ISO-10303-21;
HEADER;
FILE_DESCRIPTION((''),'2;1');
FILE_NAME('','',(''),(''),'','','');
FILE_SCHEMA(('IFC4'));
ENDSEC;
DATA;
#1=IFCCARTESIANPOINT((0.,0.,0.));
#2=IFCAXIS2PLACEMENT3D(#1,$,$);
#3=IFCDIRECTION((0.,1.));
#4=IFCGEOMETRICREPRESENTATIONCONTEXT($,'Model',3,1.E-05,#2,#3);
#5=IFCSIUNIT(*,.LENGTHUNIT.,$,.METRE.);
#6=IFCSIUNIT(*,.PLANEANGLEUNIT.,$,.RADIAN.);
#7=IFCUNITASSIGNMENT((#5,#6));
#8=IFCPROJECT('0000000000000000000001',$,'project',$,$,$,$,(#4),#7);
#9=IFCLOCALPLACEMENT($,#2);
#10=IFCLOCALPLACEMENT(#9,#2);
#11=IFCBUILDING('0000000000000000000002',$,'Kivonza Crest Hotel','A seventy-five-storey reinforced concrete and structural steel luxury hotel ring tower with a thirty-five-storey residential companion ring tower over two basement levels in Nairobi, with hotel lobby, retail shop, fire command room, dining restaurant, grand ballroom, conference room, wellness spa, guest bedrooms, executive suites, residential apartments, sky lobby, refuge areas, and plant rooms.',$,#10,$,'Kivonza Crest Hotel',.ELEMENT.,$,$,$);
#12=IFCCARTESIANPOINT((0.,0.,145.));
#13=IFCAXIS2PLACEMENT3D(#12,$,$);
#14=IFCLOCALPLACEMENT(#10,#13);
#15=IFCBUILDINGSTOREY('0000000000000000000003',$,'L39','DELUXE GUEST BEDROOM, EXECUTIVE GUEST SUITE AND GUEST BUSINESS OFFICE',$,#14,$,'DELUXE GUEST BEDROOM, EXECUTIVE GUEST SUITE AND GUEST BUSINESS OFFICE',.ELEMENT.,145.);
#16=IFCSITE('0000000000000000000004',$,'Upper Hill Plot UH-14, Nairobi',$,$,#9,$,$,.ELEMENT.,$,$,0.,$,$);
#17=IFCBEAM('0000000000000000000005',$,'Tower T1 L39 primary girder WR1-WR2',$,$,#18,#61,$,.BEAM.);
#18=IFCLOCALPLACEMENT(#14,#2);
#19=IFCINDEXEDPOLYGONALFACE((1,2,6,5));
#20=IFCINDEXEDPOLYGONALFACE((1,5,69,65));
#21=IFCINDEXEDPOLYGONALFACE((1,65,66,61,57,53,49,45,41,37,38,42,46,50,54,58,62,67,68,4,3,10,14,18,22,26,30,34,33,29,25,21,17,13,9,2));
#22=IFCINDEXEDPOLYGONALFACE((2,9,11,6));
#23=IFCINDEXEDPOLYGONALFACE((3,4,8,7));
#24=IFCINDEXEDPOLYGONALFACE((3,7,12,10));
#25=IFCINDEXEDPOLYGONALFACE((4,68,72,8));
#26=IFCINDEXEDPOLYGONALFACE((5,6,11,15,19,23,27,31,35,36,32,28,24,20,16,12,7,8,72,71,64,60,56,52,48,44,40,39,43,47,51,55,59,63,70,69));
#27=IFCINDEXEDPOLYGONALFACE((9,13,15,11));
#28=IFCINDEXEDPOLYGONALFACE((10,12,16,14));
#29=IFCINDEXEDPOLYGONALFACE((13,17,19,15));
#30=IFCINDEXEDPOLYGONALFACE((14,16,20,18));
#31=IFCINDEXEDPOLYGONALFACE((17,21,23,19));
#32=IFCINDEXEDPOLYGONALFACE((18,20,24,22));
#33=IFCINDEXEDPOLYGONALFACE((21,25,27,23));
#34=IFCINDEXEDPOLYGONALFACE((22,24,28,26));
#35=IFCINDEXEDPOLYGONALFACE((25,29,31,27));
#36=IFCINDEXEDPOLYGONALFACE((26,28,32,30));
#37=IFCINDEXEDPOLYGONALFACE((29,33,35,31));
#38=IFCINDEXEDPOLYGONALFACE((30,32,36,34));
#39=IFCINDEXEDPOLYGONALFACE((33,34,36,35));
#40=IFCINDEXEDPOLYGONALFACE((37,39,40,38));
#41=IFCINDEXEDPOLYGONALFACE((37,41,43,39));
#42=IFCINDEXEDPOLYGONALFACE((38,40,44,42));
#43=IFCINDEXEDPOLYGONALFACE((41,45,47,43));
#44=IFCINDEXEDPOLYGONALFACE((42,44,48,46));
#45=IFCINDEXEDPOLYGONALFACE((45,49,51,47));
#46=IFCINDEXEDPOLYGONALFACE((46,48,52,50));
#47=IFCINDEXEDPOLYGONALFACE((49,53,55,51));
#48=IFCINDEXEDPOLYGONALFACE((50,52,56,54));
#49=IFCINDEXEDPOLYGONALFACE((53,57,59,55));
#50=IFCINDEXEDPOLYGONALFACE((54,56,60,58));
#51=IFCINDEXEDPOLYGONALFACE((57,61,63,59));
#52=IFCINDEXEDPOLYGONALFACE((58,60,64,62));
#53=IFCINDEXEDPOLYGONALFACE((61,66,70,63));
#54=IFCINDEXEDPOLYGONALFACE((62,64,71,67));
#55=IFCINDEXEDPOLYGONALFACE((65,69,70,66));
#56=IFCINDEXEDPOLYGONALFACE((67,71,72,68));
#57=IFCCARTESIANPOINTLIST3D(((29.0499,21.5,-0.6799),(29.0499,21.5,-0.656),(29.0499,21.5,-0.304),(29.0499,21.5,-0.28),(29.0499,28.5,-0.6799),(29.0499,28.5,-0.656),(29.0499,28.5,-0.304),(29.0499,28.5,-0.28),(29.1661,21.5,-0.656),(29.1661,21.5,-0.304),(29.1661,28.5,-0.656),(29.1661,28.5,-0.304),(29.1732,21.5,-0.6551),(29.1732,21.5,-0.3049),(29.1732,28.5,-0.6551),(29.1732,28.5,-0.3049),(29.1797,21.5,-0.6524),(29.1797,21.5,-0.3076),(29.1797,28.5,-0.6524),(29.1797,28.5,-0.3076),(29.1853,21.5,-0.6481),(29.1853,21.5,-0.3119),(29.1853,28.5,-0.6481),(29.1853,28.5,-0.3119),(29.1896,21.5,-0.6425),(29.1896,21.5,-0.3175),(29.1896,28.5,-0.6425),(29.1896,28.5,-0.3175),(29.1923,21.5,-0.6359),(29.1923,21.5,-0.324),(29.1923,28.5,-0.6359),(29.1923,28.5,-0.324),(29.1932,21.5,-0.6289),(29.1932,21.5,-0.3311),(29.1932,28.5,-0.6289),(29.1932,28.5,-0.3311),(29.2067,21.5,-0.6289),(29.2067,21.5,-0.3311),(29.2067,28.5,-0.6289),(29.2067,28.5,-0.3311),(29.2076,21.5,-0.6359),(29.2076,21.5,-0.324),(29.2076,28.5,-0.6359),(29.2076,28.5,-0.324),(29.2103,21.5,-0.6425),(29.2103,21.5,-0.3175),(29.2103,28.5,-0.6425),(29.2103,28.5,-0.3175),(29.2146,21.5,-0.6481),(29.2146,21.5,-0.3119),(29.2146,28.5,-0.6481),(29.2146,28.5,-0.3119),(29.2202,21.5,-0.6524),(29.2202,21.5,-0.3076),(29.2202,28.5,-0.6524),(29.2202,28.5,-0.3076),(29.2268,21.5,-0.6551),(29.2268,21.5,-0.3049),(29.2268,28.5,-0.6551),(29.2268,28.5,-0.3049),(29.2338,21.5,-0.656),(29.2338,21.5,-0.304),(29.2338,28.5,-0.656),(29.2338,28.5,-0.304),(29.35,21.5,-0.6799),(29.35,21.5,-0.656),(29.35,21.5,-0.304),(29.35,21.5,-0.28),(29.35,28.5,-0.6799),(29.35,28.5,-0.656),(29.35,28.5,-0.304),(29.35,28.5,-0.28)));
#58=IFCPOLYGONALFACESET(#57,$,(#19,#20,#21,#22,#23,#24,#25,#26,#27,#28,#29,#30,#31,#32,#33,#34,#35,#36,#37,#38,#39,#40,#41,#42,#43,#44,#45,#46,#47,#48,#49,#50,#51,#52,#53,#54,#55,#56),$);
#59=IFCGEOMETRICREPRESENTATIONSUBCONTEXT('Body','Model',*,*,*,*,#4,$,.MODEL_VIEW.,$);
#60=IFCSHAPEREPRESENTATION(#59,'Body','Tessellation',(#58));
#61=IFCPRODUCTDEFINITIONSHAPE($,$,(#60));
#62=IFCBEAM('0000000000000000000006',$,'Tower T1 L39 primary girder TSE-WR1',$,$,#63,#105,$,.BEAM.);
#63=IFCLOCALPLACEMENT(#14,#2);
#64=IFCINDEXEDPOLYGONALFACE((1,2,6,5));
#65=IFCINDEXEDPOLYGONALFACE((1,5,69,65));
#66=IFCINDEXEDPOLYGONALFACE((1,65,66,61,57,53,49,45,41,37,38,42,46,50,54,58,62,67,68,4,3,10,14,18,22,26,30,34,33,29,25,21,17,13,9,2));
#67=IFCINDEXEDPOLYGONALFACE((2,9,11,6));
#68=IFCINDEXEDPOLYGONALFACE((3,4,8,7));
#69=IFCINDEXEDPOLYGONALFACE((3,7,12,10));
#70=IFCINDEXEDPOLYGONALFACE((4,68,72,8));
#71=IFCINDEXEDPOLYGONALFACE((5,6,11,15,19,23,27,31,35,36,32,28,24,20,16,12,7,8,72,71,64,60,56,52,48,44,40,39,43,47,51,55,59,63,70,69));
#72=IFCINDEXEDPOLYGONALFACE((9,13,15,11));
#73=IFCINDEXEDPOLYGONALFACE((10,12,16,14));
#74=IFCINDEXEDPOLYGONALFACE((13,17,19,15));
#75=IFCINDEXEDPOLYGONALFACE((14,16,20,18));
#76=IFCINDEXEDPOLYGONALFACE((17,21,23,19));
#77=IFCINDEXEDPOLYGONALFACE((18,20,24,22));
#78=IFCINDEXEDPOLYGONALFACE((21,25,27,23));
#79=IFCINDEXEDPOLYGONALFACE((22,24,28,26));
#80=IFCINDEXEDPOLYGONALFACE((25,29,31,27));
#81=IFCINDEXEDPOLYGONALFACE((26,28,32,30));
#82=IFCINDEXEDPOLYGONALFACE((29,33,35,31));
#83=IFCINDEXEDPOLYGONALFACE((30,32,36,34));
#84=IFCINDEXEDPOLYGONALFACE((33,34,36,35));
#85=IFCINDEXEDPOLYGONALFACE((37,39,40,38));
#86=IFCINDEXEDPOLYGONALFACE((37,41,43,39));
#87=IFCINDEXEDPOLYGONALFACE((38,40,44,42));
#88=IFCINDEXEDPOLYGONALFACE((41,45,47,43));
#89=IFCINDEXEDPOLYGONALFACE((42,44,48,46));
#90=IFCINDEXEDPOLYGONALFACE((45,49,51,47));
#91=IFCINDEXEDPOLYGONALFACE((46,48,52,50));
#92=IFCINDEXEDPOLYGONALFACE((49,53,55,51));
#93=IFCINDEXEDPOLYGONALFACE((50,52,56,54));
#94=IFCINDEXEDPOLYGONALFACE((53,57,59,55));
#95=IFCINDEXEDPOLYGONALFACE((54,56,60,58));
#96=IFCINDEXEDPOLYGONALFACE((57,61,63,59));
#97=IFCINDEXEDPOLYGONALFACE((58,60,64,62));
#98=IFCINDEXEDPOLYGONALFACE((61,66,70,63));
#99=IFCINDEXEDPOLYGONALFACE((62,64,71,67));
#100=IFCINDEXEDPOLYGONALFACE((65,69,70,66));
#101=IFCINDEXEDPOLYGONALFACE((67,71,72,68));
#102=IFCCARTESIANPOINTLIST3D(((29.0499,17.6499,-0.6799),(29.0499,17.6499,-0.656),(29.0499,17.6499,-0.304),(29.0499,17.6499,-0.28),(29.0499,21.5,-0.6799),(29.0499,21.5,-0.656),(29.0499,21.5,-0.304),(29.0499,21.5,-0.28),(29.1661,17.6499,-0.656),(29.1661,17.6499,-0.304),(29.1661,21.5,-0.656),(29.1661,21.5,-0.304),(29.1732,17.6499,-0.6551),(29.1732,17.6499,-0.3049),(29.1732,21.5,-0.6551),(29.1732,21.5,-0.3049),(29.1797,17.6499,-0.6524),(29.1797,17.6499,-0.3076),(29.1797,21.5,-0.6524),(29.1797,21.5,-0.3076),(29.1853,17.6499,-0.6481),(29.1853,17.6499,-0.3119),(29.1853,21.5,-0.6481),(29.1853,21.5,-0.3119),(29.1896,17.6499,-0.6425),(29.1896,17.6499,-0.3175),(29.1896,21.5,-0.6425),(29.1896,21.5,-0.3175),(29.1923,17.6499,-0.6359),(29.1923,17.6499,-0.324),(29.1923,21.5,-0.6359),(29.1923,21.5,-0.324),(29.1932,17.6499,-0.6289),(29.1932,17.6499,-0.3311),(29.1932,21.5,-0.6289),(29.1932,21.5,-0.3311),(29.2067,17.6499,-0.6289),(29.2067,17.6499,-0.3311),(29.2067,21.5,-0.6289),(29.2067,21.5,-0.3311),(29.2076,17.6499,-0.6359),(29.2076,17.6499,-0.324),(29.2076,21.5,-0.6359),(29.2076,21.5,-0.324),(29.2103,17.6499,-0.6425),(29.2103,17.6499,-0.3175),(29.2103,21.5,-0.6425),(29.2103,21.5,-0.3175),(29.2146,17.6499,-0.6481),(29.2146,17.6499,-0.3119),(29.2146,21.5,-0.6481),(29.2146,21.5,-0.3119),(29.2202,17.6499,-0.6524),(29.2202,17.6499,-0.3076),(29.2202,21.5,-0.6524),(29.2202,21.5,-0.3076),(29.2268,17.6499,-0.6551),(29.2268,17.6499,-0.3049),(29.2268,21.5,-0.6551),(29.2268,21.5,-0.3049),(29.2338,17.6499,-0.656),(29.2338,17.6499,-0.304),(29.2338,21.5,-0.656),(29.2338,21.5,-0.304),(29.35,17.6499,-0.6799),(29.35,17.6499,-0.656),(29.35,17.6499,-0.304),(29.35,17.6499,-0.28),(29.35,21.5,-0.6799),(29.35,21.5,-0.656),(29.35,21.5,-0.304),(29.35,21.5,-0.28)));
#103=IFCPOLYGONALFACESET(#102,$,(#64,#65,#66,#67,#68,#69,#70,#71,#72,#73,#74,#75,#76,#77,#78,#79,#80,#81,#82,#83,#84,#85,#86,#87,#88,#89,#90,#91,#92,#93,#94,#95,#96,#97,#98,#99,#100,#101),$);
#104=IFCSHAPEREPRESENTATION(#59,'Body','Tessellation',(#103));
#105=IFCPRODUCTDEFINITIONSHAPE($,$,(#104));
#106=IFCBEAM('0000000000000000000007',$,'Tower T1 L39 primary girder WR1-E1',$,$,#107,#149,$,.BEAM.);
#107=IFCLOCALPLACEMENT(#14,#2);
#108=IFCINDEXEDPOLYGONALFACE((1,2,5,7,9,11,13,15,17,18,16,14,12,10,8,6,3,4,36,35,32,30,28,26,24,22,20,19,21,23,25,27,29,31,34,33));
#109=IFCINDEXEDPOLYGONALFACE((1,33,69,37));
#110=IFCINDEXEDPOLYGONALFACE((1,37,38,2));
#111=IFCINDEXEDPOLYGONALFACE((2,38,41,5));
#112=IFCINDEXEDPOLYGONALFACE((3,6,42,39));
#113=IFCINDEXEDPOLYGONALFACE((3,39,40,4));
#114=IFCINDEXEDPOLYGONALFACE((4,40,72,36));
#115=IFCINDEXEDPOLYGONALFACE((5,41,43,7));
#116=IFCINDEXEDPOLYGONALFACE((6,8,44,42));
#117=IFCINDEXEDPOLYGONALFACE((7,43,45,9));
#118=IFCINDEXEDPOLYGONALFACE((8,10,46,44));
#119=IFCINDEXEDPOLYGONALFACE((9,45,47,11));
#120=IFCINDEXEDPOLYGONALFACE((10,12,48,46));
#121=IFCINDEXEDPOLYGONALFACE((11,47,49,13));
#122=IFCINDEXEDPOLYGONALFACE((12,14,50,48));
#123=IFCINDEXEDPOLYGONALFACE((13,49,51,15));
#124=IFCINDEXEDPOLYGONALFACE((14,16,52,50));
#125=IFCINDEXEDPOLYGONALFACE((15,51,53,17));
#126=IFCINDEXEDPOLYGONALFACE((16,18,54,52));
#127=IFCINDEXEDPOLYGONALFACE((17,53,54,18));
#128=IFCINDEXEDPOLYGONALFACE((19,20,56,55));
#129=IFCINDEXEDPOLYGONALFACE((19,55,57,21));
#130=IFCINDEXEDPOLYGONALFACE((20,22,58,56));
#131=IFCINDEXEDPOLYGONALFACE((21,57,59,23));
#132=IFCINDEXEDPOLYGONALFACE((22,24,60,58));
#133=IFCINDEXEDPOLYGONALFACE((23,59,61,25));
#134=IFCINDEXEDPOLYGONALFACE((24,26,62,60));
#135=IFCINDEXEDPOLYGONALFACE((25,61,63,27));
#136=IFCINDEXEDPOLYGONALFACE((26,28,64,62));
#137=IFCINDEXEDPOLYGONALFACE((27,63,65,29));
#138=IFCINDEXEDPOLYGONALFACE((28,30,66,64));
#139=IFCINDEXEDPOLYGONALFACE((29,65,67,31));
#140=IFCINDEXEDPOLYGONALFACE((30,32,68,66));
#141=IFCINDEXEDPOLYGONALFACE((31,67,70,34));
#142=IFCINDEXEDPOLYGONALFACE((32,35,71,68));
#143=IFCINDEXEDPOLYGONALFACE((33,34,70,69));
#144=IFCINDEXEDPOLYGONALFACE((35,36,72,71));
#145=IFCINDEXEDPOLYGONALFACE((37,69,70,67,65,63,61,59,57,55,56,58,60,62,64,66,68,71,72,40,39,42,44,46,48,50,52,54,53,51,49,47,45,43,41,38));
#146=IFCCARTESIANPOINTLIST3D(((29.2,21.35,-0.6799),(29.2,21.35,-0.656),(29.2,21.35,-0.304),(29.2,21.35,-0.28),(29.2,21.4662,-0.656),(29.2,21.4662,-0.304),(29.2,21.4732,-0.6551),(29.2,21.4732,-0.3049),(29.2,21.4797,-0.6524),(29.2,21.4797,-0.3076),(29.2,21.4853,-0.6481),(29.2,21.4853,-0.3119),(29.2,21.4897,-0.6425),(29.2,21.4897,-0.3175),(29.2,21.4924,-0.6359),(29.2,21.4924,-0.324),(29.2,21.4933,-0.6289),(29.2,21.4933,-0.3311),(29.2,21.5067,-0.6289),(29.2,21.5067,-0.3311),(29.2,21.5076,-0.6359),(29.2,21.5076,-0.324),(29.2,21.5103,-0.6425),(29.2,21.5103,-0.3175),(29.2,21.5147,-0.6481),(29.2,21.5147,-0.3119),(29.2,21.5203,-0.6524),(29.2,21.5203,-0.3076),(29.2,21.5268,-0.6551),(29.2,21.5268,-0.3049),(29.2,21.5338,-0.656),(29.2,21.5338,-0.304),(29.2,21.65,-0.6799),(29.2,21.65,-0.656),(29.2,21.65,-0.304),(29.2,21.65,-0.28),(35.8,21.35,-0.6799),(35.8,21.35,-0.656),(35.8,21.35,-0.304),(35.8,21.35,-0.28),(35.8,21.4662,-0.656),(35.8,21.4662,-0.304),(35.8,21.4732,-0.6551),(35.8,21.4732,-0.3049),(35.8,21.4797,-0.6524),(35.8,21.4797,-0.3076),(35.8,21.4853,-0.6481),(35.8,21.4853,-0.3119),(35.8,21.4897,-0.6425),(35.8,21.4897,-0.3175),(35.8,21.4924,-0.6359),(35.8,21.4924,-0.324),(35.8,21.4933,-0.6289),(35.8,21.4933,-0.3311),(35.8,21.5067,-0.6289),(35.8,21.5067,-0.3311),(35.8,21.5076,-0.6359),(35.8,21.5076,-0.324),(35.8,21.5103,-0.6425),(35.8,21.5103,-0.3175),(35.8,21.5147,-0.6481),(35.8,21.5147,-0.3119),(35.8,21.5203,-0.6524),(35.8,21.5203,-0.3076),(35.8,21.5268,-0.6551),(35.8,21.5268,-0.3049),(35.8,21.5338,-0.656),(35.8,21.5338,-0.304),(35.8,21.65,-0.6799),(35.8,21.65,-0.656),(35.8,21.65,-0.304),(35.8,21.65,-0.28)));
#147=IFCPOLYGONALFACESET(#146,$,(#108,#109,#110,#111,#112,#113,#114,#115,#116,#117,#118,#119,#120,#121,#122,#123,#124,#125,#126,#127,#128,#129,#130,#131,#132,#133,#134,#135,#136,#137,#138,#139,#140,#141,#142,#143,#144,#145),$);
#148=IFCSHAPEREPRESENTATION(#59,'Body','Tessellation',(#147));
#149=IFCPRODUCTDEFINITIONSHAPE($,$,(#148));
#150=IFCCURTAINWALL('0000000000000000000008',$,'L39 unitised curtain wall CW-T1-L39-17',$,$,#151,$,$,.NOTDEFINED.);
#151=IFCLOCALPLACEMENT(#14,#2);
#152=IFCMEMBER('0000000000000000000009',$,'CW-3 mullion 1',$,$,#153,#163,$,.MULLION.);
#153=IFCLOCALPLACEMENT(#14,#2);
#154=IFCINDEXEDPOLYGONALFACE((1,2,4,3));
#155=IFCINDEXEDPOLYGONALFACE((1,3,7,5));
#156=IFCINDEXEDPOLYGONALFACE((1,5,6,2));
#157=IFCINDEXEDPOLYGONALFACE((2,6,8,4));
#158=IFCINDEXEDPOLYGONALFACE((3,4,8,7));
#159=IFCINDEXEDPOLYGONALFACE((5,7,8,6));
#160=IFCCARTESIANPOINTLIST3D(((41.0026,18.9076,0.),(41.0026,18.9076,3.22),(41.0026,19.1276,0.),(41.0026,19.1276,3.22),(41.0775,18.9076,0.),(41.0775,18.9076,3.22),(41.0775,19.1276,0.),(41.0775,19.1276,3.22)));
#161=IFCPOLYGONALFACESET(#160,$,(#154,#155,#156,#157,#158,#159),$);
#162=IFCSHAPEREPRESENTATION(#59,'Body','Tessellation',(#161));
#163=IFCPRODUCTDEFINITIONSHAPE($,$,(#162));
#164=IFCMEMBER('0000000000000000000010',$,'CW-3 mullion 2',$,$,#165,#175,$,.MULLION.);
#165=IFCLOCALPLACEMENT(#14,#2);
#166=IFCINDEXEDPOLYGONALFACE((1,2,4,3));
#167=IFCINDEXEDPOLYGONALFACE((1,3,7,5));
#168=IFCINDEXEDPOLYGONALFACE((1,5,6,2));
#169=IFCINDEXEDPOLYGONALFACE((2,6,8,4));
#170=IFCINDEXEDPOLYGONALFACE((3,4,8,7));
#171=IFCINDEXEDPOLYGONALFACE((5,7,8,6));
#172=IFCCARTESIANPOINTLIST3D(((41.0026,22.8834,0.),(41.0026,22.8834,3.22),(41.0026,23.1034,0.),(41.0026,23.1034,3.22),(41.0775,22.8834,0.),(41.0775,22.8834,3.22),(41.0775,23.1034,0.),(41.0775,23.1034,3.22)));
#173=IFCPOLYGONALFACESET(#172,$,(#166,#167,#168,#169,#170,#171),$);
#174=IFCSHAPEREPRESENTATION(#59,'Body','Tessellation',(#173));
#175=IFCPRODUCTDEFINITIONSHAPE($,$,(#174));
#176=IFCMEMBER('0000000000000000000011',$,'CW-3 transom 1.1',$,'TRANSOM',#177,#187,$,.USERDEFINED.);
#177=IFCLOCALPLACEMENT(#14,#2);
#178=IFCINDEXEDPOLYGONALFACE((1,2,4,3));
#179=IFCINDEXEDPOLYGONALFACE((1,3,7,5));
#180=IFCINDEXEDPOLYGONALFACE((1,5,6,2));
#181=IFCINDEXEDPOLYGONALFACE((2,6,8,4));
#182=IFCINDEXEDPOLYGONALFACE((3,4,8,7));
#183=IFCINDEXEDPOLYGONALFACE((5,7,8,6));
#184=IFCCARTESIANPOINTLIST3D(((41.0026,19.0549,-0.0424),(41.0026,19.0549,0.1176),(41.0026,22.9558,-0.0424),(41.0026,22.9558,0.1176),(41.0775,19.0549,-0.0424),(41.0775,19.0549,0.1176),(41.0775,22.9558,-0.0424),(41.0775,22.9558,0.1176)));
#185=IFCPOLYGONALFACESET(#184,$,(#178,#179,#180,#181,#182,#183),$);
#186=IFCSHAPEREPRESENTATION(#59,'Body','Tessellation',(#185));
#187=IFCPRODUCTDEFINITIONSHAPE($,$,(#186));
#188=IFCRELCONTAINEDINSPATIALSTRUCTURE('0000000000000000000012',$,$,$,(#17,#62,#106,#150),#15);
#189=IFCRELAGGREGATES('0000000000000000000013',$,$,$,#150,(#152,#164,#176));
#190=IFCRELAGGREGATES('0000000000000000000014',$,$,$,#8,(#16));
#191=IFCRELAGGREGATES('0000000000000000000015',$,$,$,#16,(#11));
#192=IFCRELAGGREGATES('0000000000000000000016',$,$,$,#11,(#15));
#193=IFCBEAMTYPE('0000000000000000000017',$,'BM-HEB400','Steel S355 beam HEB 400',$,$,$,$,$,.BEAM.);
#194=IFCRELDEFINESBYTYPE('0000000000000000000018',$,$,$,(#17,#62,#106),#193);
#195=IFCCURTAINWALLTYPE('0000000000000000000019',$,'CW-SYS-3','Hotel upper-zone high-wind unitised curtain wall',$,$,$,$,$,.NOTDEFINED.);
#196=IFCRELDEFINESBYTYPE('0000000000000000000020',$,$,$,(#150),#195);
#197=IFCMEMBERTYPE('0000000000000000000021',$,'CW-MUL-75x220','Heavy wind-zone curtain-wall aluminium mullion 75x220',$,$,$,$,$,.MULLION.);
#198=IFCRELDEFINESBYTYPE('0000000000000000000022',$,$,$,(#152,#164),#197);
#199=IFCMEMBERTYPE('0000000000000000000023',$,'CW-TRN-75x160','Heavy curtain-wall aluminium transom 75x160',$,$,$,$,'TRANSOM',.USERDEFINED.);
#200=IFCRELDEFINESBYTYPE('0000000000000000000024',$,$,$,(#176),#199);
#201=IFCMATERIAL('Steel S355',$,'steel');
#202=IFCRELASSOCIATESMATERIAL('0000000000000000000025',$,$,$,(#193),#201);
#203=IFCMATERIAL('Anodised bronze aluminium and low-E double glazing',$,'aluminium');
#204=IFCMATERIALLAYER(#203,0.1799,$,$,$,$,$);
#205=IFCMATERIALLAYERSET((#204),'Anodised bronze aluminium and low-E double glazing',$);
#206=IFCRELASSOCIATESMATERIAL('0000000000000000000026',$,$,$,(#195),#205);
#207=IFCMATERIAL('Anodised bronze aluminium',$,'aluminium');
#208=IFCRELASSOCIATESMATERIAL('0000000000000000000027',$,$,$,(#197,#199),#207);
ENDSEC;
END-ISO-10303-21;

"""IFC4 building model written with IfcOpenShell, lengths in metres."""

from ifc_helpers import new_model, si_unit, direction, frame, origin, origin_2d, place, context, subcontext, project, spatial, rectangle, i_section, extrude, material, layer, layer_set, material_profile, profile_set, type_object, element, aggregate, save


model = new_model("IFC4")

# Units and contexts
model_context = context("Model", 3, precision=1e-05, world=origin(), true_north=direction((0.0, 1.0)))
body_context = subcontext(model_context, "Body", "Model", "MODEL_VIEW")
ifc_project = project(units=[si_unit("LENGTHUNIT", "METRE"), si_unit("PLANEANGLEUNIT", "RADIAN")], contexts=[model_context])

# Site, building, storey
site_placement = place(None, origin())
site = spatial("IfcSite", under=ifc_project, at=site_placement, Name="Upper Hill Plot UH-14, Nairobi", CompositionType="ELEMENT", RefElevation=0.0)
building_placement = place(site_placement, origin())
building = spatial("IfcBuilding", under=site, at=building_placement, Name="Kivonza Crest Hotel", Description="A seventy-five-storey reinforced concrete and structural steel luxury hotel ring tower with a thirty-five-storey residential companion ring tower over two basement levels in Nairobi, with hotel lobby, retail shop, fire command room, dining restaurant, grand ballroom, conference room, wellness spa, guest bedrooms, executive suites, residential apartments, sky lobby, refuge areas, and plant rooms.", LongName="Kivonza Crest Hotel", CompositionType="ELEMENT")
storey_placement = place(building_placement, frame((0.0, 0.0, 145.0)))
storey = spatial("IfcBuildingStorey", under=building, at=storey_placement, Name="L39", Description="DELUXE GUEST BEDROOM, EXECUTIVE GUEST SUITE AND GUEST BUSINESS OFFICE", LongName="DELUXE GUEST BEDROOM, EXECUTIVE GUEST SUITE AND GUEST BUSINESS OFFICE", CompositionType="ELEMENT", Elevation=145.0)

# Beams
ifc_material_1 = material(Name="Steel S355", Category="steel")
ifc_material_profile_1 = material_profile(ifc_material_1, i_section(OverallWidth=0.3, OverallDepth=0.3999, WebThickness=0.0134, FlangeThickness=0.0239, FilletRadius=0.0271, at=origin_2d()), Name="HEB 400")
ifc_profile_set_1 = profile_set([ifc_material_profile_1], Name="Steel S355")
beam_type_1 = type_object("IfcBeamType", Name="BM-HEB400", Description="Steel S355 beam HEB 400", PredefinedType="BEAM", material=ifc_profile_set_1)
beam_1_placement = place(storey_placement, frame((29.2, 21.5, -0.48), z_axis=(0.0, 1.0, 0.0), x_axis=(-1.0, 0.0, 0.0)))
element("IfcBeam", 1, at=beam_1_placement, inside=storey, type_object=beam_type_1, Name="Tower T1 L39 primary girder WR1-WR2", PredefinedType="BEAM", context=body_context, shape_type="SweptSolid", body=[
    extrude(i_section(OverallWidth=0.3, OverallDepth=0.3999, WebThickness=0.0134, FlangeThickness=0.0239, FilletRadius=0.0271, at=origin_2d()), origin(), (0.0, 0.0, 1.0), 7.0),
])
beam_2_placement = place(storey_placement, frame((29.2, 17.6499, -0.48), z_axis=(0.0, 1.0, 0.0), x_axis=(-1.0, 0.0, 0.0)))
element("IfcBeam", 2, at=beam_2_placement, inside=storey, type_object=beam_type_1, Name="Tower T1 L39 primary girder TSE-WR1", PredefinedType="BEAM", context=body_context, shape_type="SweptSolid", body=[
    extrude(i_section(OverallWidth=0.3, OverallDepth=0.3999, WebThickness=0.0134, FlangeThickness=0.0239, FilletRadius=0.0271, at=origin_2d()), origin(), (0.0, 0.0, 1.0), 3.8501),
])
beam_3_placement = place(storey_placement, frame((29.2, 21.5, -0.48), z_axis=(1.0, 0.0, 0.0), x_axis=(0.0, 1.0, 0.0)))
element("IfcBeam", 3, at=beam_3_placement, inside=storey, type_object=beam_type_1, Name="Tower T1 L39 primary girder WR1-E1", PredefinedType="BEAM", context=body_context, shape_type="SweptSolid", body=[
    extrude(i_section(OverallWidth=0.3, OverallDepth=0.3999, WebThickness=0.0134, FlangeThickness=0.0239, FilletRadius=0.0271, at=origin_2d()), origin(), (0.0, 0.0, 1.0), 6.6001),
])

# Curtain wall, members
ifc_material_2 = material(Name="Anodised bronze aluminium and low-E double glazing", Category="aluminium")
ifc_layer_1 = layer(ifc_material_2, 0.1799)
ifc_layer_set_1 = layer_set([ifc_layer_1], Name="Anodised bronze aluminium and low-E double glazing")
curtain_wall_type = type_object("IfcCurtainWallType", Name="CW-SYS-3", Description="Hotel upper-zone high-wind unitised curtain wall", PredefinedType="NOTDEFINED", material=ifc_layer_set_1)
curtain_wall_placement = place(storey_placement, origin())
curtain_wall = element("IfcCurtainWall", 4, at=curtain_wall_placement, inside=storey, type_object=curtain_wall_type, Name="L39 unitised curtain wall CW-T1-L39-17", PredefinedType="NOTDEFINED")
ifc_material_3 = material(Name="Anodised bronze aluminium", Category="aluminium")
ifc_material_profile_2 = material_profile(ifc_material_3, rectangle(XDim=0.075, YDim=0.22, at=origin_2d()), Name="CW-M 75x220")
ifc_profile_set_2 = profile_set([ifc_material_profile_2], Name="Anodised bronze aluminium")
member_type_1 = type_object("IfcMemberType", Name="CW-MUL-75x220", Description="Heavy wind-zone curtain-wall aluminium mullion 75x220", PredefinedType="MULLION", material=ifc_profile_set_2)
member_1_placement = place(storey_placement, frame((41.04, 19.0176, 0.0), z_axis=(0.0, 0.0, 1.0), x_axis=(-1.0, 0.0, 0.0)))
member_1 = element("IfcMember", 5, at=member_1_placement, type_object=member_type_1, Name="CW-3 mullion 1", PredefinedType="MULLION", context=body_context, shape_type="SweptSolid", body=[
    extrude(rectangle(XDim=0.075, YDim=0.22, at=origin_2d()), origin(), (0.0, 0.0, 1.0), 3.22),
])
member_2_placement = place(storey_placement, frame((41.04, 22.9934, 0.0), z_axis=(0.0, 0.0, 1.0), x_axis=(-1.0, 0.0, 0.0)))
member_2 = element("IfcMember", 6, at=member_2_placement, type_object=member_type_1, Name="CW-3 mullion 2", PredefinedType="MULLION", context=body_context, shape_type="SweptSolid", body=[
    extrude(rectangle(XDim=0.075, YDim=0.22, at=origin_2d()), origin(), (0.0, 0.0, 1.0), 3.22),
])
ifc_material_profile_3 = material_profile(ifc_material_3, rectangle(XDim=0.075, YDim=0.1599, at=origin_2d()), Name="CW-T 75x160")
ifc_profile_set_3 = profile_set([ifc_material_profile_3], Name="Anodised bronze aluminium")
member_type_2 = type_object("IfcMemberType", Name="CW-TRN-75x160", Description="Heavy curtain-wall aluminium transom 75x160", ElementType="TRANSOM", PredefinedType="USERDEFINED", material=ifc_profile_set_3)
member_3_placement = place(storey_placement, frame((41.04, 19.0549, 0.0376), z_axis=(0.0, 1.0, 0.0), x_axis=(-1.0, 0.0, 0.0)))
member_3 = element("IfcMember", 7, at=member_3_placement, type_object=member_type_2, Name="CW-3 transom 1.1", ObjectType="TRANSOM", PredefinedType="USERDEFINED", context=body_context, shape_type="SweptSolid", body=[
    extrude(rectangle(XDim=0.075, YDim=0.1599, at=origin_2d()), origin(), (0.0, 0.0, 1.0), 3.9009),
])
aggregate(curtain_wall, [member_1, member_2, member_3])

save(model, "model.ifc")
